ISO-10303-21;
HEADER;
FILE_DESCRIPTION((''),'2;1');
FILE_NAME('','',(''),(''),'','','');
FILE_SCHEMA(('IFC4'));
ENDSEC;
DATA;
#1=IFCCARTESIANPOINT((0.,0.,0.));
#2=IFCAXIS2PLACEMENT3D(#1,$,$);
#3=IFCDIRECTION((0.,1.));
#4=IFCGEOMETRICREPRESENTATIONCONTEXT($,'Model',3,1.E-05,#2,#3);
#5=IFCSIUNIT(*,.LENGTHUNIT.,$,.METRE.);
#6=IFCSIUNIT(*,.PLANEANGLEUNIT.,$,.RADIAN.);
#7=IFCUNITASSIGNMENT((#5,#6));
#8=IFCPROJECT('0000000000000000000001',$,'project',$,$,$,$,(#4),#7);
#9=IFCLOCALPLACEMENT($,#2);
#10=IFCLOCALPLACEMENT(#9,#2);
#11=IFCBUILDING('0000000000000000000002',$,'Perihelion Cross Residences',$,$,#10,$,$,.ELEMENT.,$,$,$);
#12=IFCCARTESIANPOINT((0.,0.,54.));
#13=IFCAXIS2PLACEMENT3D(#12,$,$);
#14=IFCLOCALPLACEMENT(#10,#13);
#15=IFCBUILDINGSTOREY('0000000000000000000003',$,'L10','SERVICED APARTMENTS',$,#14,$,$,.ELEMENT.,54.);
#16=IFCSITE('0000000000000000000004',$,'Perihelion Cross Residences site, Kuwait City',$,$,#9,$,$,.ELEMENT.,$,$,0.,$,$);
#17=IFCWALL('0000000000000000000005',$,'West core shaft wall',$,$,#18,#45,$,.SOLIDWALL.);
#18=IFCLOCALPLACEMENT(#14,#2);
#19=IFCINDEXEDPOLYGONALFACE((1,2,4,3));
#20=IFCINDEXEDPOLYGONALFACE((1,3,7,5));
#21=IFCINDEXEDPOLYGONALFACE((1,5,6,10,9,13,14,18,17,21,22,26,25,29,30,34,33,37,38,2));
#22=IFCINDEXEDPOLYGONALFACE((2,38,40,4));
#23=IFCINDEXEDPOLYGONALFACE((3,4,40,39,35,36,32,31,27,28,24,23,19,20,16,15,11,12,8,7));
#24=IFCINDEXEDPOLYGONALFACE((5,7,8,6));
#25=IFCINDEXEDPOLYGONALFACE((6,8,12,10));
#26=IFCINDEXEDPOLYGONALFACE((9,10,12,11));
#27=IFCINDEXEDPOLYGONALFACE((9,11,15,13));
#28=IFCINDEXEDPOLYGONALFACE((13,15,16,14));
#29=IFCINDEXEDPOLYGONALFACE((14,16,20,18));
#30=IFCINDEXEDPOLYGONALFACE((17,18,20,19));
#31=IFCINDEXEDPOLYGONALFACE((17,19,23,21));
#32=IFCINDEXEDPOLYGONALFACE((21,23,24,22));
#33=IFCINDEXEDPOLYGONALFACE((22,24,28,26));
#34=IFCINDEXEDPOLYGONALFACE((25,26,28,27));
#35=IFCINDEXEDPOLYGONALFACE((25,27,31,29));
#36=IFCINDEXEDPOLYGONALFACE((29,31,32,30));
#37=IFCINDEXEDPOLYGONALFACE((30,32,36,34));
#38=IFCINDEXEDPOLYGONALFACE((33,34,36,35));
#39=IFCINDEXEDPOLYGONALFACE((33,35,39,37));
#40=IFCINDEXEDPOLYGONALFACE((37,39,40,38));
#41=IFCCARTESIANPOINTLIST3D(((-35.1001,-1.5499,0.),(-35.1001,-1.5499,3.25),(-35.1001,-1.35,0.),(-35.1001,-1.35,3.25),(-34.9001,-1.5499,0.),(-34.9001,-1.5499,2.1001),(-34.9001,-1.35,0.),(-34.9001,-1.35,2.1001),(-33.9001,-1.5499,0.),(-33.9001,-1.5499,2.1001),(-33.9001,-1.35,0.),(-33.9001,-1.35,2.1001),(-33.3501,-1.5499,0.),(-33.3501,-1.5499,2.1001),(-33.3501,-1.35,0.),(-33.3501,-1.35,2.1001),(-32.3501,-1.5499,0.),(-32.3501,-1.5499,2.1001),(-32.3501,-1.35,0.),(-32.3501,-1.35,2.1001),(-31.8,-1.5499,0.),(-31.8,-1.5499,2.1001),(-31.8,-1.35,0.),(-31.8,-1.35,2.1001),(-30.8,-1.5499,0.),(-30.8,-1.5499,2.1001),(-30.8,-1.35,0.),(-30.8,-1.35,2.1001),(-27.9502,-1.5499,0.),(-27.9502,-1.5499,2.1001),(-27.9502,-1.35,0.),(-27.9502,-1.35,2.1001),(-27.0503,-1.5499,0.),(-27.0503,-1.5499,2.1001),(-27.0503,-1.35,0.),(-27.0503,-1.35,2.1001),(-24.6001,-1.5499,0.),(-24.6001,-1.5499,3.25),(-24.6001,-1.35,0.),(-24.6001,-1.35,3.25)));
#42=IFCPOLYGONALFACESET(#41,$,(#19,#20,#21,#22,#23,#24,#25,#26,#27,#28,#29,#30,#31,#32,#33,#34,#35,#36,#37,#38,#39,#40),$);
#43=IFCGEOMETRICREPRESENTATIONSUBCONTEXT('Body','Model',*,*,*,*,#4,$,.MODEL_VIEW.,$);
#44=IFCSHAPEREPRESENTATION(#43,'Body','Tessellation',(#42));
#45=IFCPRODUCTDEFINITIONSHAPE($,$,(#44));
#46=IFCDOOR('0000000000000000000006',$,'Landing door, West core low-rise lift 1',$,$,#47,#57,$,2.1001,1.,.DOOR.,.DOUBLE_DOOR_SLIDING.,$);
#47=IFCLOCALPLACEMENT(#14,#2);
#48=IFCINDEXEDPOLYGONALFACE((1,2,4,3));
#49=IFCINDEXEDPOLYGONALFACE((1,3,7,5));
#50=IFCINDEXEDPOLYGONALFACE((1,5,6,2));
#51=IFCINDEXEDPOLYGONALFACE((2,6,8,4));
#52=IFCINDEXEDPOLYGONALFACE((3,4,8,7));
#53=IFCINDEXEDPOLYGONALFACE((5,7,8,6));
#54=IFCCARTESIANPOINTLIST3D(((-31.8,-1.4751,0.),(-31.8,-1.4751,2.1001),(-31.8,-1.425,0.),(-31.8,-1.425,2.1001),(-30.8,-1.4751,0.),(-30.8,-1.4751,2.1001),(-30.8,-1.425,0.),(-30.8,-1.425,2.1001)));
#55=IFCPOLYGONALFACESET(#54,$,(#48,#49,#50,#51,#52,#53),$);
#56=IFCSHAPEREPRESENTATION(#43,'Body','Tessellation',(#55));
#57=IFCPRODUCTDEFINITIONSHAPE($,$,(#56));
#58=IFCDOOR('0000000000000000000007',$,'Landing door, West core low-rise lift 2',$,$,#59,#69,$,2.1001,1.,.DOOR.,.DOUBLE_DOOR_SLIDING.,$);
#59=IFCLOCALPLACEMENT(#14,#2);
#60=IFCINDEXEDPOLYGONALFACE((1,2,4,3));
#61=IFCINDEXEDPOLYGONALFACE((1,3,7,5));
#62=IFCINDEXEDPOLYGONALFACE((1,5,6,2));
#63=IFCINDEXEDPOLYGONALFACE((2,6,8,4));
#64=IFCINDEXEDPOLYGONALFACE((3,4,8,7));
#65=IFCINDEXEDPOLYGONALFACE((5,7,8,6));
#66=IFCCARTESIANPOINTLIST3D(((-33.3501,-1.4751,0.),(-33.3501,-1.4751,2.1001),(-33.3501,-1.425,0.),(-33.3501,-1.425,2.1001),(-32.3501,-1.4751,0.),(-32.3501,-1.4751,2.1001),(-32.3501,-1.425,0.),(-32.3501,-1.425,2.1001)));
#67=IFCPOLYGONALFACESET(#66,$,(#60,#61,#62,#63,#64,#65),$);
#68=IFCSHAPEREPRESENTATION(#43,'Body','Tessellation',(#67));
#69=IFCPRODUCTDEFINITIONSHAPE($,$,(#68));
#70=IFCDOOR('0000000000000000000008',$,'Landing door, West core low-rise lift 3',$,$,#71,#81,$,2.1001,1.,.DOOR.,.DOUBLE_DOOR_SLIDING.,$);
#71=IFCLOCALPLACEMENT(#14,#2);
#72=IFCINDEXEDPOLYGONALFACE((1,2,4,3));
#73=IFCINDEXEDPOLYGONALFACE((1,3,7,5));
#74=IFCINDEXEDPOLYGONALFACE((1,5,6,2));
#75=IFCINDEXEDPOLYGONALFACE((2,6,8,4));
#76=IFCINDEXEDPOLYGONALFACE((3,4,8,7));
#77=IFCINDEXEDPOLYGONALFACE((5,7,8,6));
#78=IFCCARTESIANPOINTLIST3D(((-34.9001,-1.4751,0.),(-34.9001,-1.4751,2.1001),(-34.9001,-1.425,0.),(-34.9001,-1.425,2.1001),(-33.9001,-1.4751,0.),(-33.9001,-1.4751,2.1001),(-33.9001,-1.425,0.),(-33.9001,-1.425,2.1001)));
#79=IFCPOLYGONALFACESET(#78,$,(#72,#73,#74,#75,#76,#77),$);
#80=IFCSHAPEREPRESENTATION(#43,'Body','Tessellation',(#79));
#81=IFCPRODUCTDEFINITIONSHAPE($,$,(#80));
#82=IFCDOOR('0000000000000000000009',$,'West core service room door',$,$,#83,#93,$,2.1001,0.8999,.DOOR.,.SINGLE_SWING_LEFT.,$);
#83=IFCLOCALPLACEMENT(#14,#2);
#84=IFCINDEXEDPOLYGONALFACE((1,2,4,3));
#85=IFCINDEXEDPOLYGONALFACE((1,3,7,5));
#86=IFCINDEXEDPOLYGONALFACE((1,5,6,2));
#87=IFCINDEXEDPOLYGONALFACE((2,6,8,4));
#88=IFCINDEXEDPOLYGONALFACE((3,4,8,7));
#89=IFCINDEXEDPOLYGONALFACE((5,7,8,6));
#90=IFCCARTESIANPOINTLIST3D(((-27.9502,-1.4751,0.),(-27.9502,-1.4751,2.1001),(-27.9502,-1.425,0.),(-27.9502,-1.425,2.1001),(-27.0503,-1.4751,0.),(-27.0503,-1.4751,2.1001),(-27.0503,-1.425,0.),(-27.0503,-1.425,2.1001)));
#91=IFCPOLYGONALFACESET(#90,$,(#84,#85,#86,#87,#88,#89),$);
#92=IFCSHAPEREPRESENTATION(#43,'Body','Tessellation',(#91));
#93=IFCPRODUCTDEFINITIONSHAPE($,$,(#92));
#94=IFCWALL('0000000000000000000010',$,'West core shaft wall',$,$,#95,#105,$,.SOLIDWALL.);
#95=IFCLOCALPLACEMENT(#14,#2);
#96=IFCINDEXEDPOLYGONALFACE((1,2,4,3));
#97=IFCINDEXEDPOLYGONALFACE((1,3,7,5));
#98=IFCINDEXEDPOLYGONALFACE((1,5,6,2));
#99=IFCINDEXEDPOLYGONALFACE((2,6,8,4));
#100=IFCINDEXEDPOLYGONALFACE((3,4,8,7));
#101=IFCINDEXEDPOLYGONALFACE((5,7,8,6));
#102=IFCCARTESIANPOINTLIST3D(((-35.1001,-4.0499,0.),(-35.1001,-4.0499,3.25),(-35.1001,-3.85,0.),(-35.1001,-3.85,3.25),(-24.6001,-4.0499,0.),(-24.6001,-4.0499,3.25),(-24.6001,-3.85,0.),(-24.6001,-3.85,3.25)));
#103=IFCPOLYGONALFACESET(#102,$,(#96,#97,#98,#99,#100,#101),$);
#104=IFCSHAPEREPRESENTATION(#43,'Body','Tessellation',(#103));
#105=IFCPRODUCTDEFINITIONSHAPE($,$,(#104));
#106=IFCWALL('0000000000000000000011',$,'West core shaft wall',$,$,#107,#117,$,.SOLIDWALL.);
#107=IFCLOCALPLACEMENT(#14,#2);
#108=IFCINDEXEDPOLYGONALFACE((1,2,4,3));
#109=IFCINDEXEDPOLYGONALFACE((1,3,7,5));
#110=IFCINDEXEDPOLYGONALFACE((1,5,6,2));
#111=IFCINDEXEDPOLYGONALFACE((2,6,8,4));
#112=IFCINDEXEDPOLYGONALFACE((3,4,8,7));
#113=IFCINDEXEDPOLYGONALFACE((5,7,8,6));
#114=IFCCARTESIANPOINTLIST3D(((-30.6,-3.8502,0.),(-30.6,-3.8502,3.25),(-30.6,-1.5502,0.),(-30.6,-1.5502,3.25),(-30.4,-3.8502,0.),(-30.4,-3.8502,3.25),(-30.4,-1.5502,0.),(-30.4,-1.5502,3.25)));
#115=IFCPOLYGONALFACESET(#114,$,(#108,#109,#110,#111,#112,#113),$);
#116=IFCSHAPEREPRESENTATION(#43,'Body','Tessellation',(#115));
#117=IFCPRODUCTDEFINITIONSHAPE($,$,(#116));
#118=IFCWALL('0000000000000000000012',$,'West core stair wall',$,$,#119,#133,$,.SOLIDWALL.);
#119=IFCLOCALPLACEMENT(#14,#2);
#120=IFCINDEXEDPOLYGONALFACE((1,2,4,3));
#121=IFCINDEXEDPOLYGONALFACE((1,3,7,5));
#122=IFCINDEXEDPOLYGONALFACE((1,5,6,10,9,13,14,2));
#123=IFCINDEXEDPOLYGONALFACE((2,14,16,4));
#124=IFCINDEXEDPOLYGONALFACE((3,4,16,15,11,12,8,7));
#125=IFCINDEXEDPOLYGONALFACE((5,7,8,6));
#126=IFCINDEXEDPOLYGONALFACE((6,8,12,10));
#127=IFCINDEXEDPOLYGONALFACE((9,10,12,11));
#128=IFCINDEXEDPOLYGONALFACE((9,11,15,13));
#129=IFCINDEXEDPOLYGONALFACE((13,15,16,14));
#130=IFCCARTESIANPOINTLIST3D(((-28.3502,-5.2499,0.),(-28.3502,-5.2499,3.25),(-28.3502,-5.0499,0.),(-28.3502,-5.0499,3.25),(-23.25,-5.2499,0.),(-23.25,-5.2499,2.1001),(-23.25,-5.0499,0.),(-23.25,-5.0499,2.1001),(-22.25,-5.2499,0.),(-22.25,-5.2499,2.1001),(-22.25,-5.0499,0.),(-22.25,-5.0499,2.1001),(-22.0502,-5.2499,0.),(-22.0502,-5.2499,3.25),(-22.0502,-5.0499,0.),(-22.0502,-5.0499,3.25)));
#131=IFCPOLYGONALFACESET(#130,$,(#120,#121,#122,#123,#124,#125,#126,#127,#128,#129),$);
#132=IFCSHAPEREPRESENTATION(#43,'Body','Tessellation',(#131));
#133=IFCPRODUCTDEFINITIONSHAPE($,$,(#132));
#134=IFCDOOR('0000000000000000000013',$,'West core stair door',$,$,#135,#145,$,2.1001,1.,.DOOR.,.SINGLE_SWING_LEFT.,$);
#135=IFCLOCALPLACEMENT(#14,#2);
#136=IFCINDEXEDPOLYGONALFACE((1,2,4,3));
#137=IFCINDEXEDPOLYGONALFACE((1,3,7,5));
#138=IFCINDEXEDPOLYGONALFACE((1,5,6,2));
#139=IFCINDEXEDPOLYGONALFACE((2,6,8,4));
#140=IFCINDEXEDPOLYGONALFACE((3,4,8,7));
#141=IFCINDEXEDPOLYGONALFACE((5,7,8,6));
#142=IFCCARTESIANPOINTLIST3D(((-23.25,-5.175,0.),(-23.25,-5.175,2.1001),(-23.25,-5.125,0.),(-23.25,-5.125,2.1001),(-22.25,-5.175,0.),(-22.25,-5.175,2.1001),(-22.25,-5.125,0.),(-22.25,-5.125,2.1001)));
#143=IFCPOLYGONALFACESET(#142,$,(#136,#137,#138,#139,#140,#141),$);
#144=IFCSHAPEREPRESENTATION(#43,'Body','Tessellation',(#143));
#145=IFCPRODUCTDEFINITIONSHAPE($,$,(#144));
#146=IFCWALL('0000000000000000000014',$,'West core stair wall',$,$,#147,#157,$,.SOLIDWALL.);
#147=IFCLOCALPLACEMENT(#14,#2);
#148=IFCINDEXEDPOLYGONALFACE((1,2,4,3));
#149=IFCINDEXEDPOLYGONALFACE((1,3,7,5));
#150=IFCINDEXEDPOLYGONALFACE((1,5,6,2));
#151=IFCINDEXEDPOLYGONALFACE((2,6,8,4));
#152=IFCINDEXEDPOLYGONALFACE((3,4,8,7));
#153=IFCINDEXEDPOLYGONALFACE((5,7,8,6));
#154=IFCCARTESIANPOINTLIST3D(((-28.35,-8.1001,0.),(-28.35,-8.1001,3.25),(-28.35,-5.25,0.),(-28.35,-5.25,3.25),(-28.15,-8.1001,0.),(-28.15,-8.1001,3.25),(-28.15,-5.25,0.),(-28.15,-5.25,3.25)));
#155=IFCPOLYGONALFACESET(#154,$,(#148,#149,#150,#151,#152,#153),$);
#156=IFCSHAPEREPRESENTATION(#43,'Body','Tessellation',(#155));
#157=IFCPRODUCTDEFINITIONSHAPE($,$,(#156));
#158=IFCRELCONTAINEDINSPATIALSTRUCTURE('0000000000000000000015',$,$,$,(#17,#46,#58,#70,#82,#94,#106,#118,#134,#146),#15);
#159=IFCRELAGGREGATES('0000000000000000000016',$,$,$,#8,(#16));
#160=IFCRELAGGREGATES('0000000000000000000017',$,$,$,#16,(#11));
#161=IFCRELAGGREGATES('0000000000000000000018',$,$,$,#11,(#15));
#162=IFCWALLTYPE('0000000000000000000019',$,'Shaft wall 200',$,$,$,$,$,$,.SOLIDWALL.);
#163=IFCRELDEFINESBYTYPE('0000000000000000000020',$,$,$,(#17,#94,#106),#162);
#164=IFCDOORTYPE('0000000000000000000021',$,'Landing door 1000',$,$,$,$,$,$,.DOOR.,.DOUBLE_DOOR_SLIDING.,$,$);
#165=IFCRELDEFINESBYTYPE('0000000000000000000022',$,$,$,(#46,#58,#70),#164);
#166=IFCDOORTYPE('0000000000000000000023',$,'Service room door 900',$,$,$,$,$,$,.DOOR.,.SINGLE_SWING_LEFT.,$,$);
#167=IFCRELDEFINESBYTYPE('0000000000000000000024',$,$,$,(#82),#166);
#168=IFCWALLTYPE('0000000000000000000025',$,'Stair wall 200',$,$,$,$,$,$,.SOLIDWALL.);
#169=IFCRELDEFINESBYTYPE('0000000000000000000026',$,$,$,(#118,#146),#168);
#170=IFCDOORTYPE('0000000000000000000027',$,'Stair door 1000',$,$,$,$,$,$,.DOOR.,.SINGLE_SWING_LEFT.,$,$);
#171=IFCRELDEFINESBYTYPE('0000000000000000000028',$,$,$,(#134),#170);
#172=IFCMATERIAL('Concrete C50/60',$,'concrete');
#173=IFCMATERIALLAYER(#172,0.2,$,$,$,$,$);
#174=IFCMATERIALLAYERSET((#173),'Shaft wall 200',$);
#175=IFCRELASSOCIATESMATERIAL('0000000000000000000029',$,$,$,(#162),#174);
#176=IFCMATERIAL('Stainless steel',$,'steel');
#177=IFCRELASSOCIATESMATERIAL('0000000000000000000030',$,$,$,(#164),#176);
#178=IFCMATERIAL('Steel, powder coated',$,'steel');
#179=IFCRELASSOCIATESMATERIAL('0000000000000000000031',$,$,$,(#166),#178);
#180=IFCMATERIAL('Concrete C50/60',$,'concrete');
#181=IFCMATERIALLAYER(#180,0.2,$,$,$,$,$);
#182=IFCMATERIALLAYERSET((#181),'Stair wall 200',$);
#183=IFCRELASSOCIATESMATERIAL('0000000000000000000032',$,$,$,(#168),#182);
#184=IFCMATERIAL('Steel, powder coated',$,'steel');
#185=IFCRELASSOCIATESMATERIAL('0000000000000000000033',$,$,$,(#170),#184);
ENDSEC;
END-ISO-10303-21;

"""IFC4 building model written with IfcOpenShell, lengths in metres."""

from ifc_helpers import new_model, si_unit, direction, frame, frame_2d, origin, place, context, subcontext, project, spatial, rectangle, extrude, material, layer, layer_set, type_object, element, fill, save


model = new_model("IFC4")

# Units and contexts
model_context = context("Model", 3, precision=1e-05, world=origin(), true_north=direction((0.0, 1.0)))
body_context = subcontext(model_context, "Body", "Model", "MODEL_VIEW")
ifc_project = project(units=[si_unit("LENGTHUNIT", "METRE"), si_unit("PLANEANGLEUNIT", "RADIAN")], contexts=[model_context])

# Site, building, storey
site_placement = place(None, origin())
site = spatial("IfcSite", under=ifc_project, at=site_placement, Name="Perihelion Cross Residences site, Kuwait City", CompositionType="ELEMENT", RefElevation=0.0)
building_placement = place(site_placement, origin())
building = spatial("IfcBuilding", under=site, at=building_placement, Name="Perihelion Cross Residences", CompositionType="ELEMENT")
storey_placement = place(building_placement, frame((0.0, 0.0, 54.0)))
storey = spatial("IfcBuildingStorey", under=building, at=storey_placement, Name="L10", Description="SERVICED APARTMENTS", CompositionType="ELEMENT", Elevation=54.0)

# Wall, openings, doors
ifc_material_1 = material(Name="Concrete C50/60", Category="concrete")
ifc_layer_1 = layer(ifc_material_1, 0.2)
ifc_layer_set_1 = layer_set([ifc_layer_1], Name="Shaft wall 200")
wall_type_1 = type_object("IfcWallType", Name="Shaft wall 200", PredefinedType="SOLIDWALL", material=ifc_layer_set_1)
wall_1_placement = place(storey_placement, frame((-35.1001, -1.45, 0.0), z_axis=(0.0, 0.0, 1.0), x_axis=(1.0, 0.0, 0.0)))
wall_1 = element("IfcWall", 1, at=wall_1_placement, inside=storey, type_object=wall_type_1, Name="West core shaft wall", PredefinedType="SOLIDWALL", context=body_context, shape_type="SweptSolid", body=[
    extrude(rectangle(XDim=10.5, YDim=0.2, at=frame_2d((5.25, 0.0))), origin(), (0.0, 0.0, 1.0), 3.25),
])
opening_1_placement = place(wall_1_placement, frame((3.3, 0.0, 0.0)))
opening_1 = element("IfcOpeningElement", 2, at=opening_1_placement, cuts=wall_1, PredefinedType="OPENING", context=body_context, shape_type="SweptSolid", body=[
    extrude(rectangle(XDim=1.0, YDim=2.1001, at=frame_2d((0.5, 1.05))), frame((0.0, 0.1099, 0.0), z_axis=(0.0, -1.0, 0.0), x_axis=(1.0, 0.0, 0.0)), (0.0, 0.0, 1.0), 0.22),
])
opening_2_placement = place(wall_1_placement, frame((1.75, 0.0, 0.0)))
opening_2 = element("IfcOpeningElement", 3, at=opening_2_placement, cuts=wall_1, PredefinedType="OPENING", context=body_context, shape_type="SweptSolid", body=[
    extrude(rectangle(XDim=1.0, YDim=2.1001, at=frame_2d((0.5, 1.05))), frame((0.0, 0.1099, 0.0), z_axis=(0.0, -1.0, 0.0), x_axis=(1.0, 0.0, 0.0)), (0.0, 0.0, 1.0), 0.22),
])
opening_3_placement = place(wall_1_placement, frame((0.2, 0.0, 0.0)))
opening_3 = element("IfcOpeningElement", 4, at=opening_3_placement, cuts=wall_1, PredefinedType="OPENING", context=body_context, shape_type="SweptSolid", body=[
    extrude(rectangle(XDim=1.0, YDim=2.1001, at=frame_2d((0.5, 1.05))), frame((0.0, 0.1099, 0.0), z_axis=(0.0, -1.0, 0.0), x_axis=(1.0, 0.0, 0.0)), (0.0, 0.0, 1.0), 0.22),
])
opening_4_placement = place(wall_1_placement, frame((7.1499, 0.0, 0.0)))
opening_4 = element("IfcOpeningElement", 5, at=opening_4_placement, cuts=wall_1, PredefinedType="OPENING", context=body_context, shape_type="SweptSolid", body=[
    extrude(rectangle(XDim=0.8999, YDim=2.1001, at=frame_2d((0.45, 1.05))), frame((0.0, 0.1099, 0.0), z_axis=(0.0, -1.0, 0.0), x_axis=(1.0, 0.0, 0.0)), (0.0, 0.0, 1.0), 0.22),
])
ifc_material_2 = material(Name="Stainless steel", Category="steel")
door_type_1 = type_object("IfcDoorType", Name="Landing door 1000", OperationType="DOUBLE_DOOR_SLIDING", PredefinedType="DOOR", material=ifc_material_2)
door_1_placement = place(opening_1_placement, origin())
door_1 = element("IfcDoor", 6, at=door_1_placement, inside=storey, type_object=door_type_1, Name="Landing door, West core low-rise lift 1", OperationType="DOUBLE_DOOR_SLIDING", OverallHeight=2.1001, OverallWidth=1.0, PredefinedType="DOOR", context=body_context, shape_type="SweptSolid", body=[
    extrude(rectangle(XDim=1.0, YDim=2.1001, at=frame_2d((0.5, 1.05))), frame((0.0, 0.0249, 0.0), z_axis=(0.0, -1.0, 0.0), x_axis=(1.0, 0.0, 0.0)), (0.0, 0.0, 1.0), 0.05),
])
fill(opening_1, door_1)
door_2_placement = place(opening_2_placement, origin())
door_2 = element("IfcDoor", 7, at=door_2_placement, inside=storey, type_object=door_type_1, Name="Landing door, West core low-rise lift 2", OperationType="DOUBLE_DOOR_SLIDING", OverallHeight=2.1001, OverallWidth=1.0, PredefinedType="DOOR", context=body_context, shape_type="SweptSolid", body=[
    extrude(rectangle(XDim=1.0, YDim=2.1001, at=frame_2d((0.5, 1.05))), frame((0.0, 0.0249, 0.0), z_axis=(0.0, -1.0, 0.0), x_axis=(1.0, 0.0, 0.0)), (0.0, 0.0, 1.0), 0.05),
])
fill(opening_2, door_2)
door_3_placement = place(opening_3_placement, origin())
door_3 = element("IfcDoor", 8, at=door_3_placement, inside=storey, type_object=door_type_1, Name="Landing door, West core low-rise lift 3", OperationType="DOUBLE_DOOR_SLIDING", OverallHeight=2.1001, OverallWidth=1.0, PredefinedType="DOOR", context=body_context, shape_type="SweptSolid", body=[
    extrude(rectangle(XDim=1.0, YDim=2.1001, at=frame_2d((0.5, 1.05))), frame((0.0, 0.0249, 0.0), z_axis=(0.0, -1.0, 0.0), x_axis=(1.0, 0.0, 0.0)), (0.0, 0.0, 1.0), 0.05),
])
fill(opening_3, door_3)
ifc_material_3 = material(Name="Steel, powder coated", Category="steel")
door_type_2 = type_object("IfcDoorType", Name="Service room door 900", OperationType="SINGLE_SWING_LEFT", PredefinedType="DOOR", material=ifc_material_3)
door_4_placement = place(opening_4_placement, origin())
door_4 = element("IfcDoor", 9, at=door_4_placement, inside=storey, type_object=door_type_2, Name="West core service room door", OperationType="SINGLE_SWING_LEFT", OverallHeight=2.1001, OverallWidth=0.8999, PredefinedType="DOOR", context=body_context, shape_type="SweptSolid", body=[
    extrude(rectangle(XDim=0.8999, YDim=2.1001, at=frame_2d((0.45, 1.05))), frame((0.0, 0.0249, 0.0), z_axis=(0.0, -1.0, 0.0), x_axis=(1.0, 0.0, 0.0)), (0.0, 0.0, 1.0), 0.05),
])
fill(opening_4, door_4)

# Walls
wall_2_placement = place(storey_placement, frame((-35.1001, -3.95, 0.0), z_axis=(0.0, 0.0, 1.0), x_axis=(1.0, 0.0, 0.0)))
element("IfcWall", 10, at=wall_2_placement, inside=storey, type_object=wall_type_1, Name="West core shaft wall", PredefinedType="SOLIDWALL", context=body_context, shape_type="SweptSolid", body=[
    extrude(rectangle(XDim=10.5, YDim=0.2, at=frame_2d((5.25, 0.0))), origin(), (0.0, 0.0, 1.0), 3.25),
])
wall_3_placement = place(storey_placement, frame((-30.5, -3.8501, 0.0), z_axis=(0.0, 0.0, 1.0), x_axis=(0.0, 1.0, 0.0)))
element("IfcWall", 11, at=wall_3_placement, inside=storey, type_object=wall_type_1, Name="West core shaft wall", PredefinedType="SOLIDWALL", context=body_context, shape_type="SweptSolid", body=[
    extrude(rectangle(XDim=2.3, YDim=0.2, at=frame_2d((1.1499, 0.0))), origin(), (0.0, 0.0, 1.0), 3.25),
])

# Wall, opening, door
ifc_material_4 = material(Name="Concrete C50/60", Category="concrete")
ifc_layer_2 = layer(ifc_material_4, 0.2)
ifc_layer_set_2 = layer_set([ifc_layer_2], Name="Stair wall 200")
wall_type_2 = type_object("IfcWallType", Name="Stair wall 200", PredefinedType="SOLIDWALL", material=ifc_layer_set_2)
wall_4_placement = place(storey_placement, frame((-28.3501, -5.1499, 0.0), z_axis=(0.0, 0.0, 1.0), x_axis=(1.0, 0.0, 0.0)))
wall_4 = element("IfcWall", 12, at=wall_4_placement, inside=storey, type_object=wall_type_2, Name="West core stair wall", PredefinedType="SOLIDWALL", context=body_context, shape_type="SweptSolid", body=[
    extrude(rectangle(XDim=6.3, YDim=0.2, at=frame_2d((3.1499, 0.0))), origin(), (0.0, 0.0, 1.0), 3.25),
])
opening_5_placement = place(wall_4_placement, frame((5.1001, 0.0, 0.0)))
opening_5 = element("IfcOpeningElement", 13, at=opening_5_placement, cuts=wall_4, PredefinedType="OPENING", context=body_context, shape_type="SweptSolid", body=[
    extrude(rectangle(XDim=1.0, YDim=2.1001, at=frame_2d((0.5, 1.05))), frame((0.0, 0.1099, 0.0), z_axis=(0.0, -1.0, 0.0), x_axis=(1.0, 0.0, 0.0)), (0.0, 0.0, 1.0), 0.22),
])
ifc_material_5 = material(Name="Steel, powder coated", Category="steel")
door_type_3 = type_object("IfcDoorType", Name="Stair door 1000", OperationType="SINGLE_SWING_LEFT", PredefinedType="DOOR", material=ifc_material_5)
door_5_placement = place(opening_5_placement, origin())
door_5 = element("IfcDoor", 14, at=door_5_placement, inside=storey, type_object=door_type_3, Name="West core stair door", OperationType="SINGLE_SWING_LEFT", OverallHeight=2.1001, OverallWidth=1.0, PredefinedType="DOOR", context=body_context, shape_type="SweptSolid", body=[
    extrude(rectangle(XDim=1.0, YDim=2.1001, at=frame_2d((0.5, 1.05))), frame((0.0, 0.0249, 0.0), z_axis=(0.0, -1.0, 0.0), x_axis=(1.0, 0.0, 0.0)), (0.0, 0.0, 1.0), 0.05),
])
fill(opening_5, door_5)

# Wall
wall_5_placement = place(storey_placement, frame((-28.25, -8.1001, 0.0), z_axis=(0.0, 0.0, 1.0), x_axis=(0.0, 1.0, 0.0)))
element("IfcWall", 15, at=wall_5_placement, inside=storey, type_object=wall_type_2, Name="West core stair wall", PredefinedType="SOLIDWALL", context=body_context, shape_type="SweptSolid", body=[
    extrude(rectangle(XDim=2.8501, YDim=0.2, at=frame_2d((1.425, 0.0))), origin(), (0.0, 0.0, 1.0), 3.25),
])

save(model, "model.ifc")
